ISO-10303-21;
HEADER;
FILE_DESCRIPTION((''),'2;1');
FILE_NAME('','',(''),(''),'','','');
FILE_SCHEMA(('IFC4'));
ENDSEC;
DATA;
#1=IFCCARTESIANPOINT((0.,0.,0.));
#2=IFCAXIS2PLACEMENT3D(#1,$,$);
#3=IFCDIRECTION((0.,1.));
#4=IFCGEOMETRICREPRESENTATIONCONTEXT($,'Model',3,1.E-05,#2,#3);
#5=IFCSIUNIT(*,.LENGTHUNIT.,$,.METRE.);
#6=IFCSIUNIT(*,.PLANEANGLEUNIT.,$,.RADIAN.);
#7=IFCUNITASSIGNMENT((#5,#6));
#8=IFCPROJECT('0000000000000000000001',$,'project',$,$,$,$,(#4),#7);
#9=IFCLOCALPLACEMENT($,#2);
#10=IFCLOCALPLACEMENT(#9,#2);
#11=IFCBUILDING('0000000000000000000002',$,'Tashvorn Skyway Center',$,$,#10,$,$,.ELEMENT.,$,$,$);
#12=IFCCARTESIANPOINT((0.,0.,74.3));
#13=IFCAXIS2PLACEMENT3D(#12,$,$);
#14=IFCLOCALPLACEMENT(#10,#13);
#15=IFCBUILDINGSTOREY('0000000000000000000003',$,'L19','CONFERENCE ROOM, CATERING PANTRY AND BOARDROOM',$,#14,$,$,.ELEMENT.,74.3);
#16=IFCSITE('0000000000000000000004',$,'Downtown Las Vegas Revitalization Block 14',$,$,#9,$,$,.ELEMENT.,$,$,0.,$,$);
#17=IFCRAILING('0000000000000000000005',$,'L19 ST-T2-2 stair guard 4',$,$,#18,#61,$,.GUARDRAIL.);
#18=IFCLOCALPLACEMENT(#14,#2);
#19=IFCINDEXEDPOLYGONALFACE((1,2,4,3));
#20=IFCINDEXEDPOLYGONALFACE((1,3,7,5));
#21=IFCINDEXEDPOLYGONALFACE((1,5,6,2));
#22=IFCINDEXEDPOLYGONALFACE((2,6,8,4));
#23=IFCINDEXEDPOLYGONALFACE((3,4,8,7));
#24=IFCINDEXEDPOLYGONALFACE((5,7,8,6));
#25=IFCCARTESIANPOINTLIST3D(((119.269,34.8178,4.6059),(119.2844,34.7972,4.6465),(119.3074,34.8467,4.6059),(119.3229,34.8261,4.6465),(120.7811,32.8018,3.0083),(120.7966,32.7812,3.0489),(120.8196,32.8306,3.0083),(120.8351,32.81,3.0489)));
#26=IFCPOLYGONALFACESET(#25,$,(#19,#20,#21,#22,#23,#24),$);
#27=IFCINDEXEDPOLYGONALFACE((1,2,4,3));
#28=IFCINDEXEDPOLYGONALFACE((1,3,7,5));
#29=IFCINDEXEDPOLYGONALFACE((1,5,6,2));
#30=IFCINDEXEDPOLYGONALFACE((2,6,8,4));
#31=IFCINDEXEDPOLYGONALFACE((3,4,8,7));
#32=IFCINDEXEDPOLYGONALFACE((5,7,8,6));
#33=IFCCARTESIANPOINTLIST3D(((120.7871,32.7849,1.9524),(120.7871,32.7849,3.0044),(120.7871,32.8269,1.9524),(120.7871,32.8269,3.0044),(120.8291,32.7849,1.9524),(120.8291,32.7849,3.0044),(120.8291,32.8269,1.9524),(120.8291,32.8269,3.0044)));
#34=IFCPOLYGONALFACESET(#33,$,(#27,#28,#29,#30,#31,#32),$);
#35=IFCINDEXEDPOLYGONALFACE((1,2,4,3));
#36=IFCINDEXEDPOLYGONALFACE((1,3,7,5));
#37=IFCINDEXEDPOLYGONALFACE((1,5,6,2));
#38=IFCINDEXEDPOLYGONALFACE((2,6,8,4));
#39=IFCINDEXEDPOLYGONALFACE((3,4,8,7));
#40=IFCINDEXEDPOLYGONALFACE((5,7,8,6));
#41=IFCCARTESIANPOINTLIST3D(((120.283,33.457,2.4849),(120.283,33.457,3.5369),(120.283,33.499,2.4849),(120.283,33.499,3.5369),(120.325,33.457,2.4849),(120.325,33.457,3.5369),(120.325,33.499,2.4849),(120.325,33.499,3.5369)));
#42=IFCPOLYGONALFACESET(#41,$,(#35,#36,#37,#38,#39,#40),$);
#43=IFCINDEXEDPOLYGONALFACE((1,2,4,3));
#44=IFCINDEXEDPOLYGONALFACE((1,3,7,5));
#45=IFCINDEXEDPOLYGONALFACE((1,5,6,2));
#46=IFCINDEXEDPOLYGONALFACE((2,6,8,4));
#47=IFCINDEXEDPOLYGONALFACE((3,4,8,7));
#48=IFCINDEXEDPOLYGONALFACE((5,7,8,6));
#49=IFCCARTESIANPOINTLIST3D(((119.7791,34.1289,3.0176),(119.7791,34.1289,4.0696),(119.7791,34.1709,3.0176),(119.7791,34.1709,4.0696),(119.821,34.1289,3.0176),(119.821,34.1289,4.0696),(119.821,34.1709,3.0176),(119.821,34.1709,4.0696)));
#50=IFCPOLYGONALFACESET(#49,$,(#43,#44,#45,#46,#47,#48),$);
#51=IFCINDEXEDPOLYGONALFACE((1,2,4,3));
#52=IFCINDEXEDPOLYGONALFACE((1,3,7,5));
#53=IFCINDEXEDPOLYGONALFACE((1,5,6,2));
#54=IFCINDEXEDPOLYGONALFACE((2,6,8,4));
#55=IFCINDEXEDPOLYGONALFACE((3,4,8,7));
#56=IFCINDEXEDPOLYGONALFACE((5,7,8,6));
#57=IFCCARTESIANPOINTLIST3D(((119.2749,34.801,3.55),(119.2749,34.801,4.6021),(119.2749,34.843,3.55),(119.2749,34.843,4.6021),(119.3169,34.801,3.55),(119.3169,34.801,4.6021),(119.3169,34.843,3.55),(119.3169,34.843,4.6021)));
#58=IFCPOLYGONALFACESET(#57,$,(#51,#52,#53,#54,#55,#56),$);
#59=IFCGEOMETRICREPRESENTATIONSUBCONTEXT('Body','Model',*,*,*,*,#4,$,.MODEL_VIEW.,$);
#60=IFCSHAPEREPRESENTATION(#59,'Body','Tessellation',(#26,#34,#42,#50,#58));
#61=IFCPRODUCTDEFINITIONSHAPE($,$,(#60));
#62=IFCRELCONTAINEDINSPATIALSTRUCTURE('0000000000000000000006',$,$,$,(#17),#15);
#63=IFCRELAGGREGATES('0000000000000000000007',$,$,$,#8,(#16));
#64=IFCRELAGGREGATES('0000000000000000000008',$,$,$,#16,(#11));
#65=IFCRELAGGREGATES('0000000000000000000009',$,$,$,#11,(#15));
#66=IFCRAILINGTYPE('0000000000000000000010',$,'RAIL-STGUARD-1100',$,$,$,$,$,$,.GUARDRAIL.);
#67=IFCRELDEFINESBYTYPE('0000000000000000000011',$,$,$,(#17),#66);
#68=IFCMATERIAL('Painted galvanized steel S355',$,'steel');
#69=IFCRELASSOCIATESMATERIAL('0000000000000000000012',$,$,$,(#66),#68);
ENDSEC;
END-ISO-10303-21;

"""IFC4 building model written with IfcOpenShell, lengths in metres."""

from ifc_helpers import new_model, si_unit, direction, frame, origin, origin_2d, place, context, subcontext, project, spatial, rectangle, extrude, material, type_object, element, save


model = new_model("IFC4")

# Units and contexts
model_context = context("Model", 3, precision=1e-05, world=origin(), true_north=direction((0.0, 1.0)))
body_context = subcontext(model_context, "Body", "Model", "MODEL_VIEW")
ifc_project = project(units=[si_unit("LENGTHUNIT", "METRE"), si_unit("PLANEANGLEUNIT", "RADIAN")], contexts=[model_context])

# Site, building, storey
site_placement = place(None, origin())
site = spatial("IfcSite", under=ifc_project, at=site_placement, Name="Downtown Las Vegas Revitalization Block 14", CompositionType="ELEMENT", RefElevation=0.0)
building_placement = place(site_placement, origin())
building = spatial("IfcBuilding", under=site, at=building_placement, Name="Tashvorn Skyway Center", CompositionType="ELEMENT")
storey_placement = place(building_placement, frame((0.0, 0.0, 74.3)))
storey = spatial("IfcBuildingStorey", under=building, at=storey_placement, Name="L19", Description="CONFERENCE ROOM, CATERING PANTRY AND BOARDROOM", CompositionType="ELEMENT", Elevation=74.3)

# Railing
ifc_material_1 = material(Name="Painted galvanized steel S355", Category="steel")
railing_type_1 = type_object("IfcRailingType", Name="RAIL-STGUARD-1100", PredefinedType="GUARDRAIL", material=ifc_material_1)
railing_1_placement = place(storey_placement, frame((120.8081, 32.8059, 1.9524)))
element("IfcRailing", 1, at=railing_1_placement, inside=storey, type_object=railing_type_1, Name="L19 ST-T2-2 stair guard 4", PredefinedType="GUARDRAIL", context=body_context, shape_type="SweptSolid", body=[
    extrude(rectangle(XDim=0.0481, YDim=0.0481, at=origin_2d()), frame((0.0, 0.0, 1.0762), z_axis=(-0.506779, 0.675651, 0.535416), x_axis=(-0.799977, -0.600031, 0.0)), (0.0, 0.0, 1.0), 2.9839),
    extrude(rectangle(XDim=0.042, YDim=0.042, at=origin_2d()), origin(), (0.0, 0.0, 1.0), 1.052),
    extrude(rectangle(XDim=0.042, YDim=0.042, at=origin_2d()), frame((-0.5042, 0.6721, 0.5325)), (0.0, 0.0, 1.0), 1.052),
    extrude(rectangle(XDim=0.042, YDim=0.042, at=origin_2d()), frame((-1.0081, 1.344, 1.0652)), (0.0, 0.0, 1.0), 1.052),
    extrude(rectangle(XDim=0.042, YDim=0.042, at=origin_2d()), frame((-1.5122, 2.0161, 1.5977)), (0.0, 0.0, 1.0), 1.052),
])

save(model, "model.ifc")
